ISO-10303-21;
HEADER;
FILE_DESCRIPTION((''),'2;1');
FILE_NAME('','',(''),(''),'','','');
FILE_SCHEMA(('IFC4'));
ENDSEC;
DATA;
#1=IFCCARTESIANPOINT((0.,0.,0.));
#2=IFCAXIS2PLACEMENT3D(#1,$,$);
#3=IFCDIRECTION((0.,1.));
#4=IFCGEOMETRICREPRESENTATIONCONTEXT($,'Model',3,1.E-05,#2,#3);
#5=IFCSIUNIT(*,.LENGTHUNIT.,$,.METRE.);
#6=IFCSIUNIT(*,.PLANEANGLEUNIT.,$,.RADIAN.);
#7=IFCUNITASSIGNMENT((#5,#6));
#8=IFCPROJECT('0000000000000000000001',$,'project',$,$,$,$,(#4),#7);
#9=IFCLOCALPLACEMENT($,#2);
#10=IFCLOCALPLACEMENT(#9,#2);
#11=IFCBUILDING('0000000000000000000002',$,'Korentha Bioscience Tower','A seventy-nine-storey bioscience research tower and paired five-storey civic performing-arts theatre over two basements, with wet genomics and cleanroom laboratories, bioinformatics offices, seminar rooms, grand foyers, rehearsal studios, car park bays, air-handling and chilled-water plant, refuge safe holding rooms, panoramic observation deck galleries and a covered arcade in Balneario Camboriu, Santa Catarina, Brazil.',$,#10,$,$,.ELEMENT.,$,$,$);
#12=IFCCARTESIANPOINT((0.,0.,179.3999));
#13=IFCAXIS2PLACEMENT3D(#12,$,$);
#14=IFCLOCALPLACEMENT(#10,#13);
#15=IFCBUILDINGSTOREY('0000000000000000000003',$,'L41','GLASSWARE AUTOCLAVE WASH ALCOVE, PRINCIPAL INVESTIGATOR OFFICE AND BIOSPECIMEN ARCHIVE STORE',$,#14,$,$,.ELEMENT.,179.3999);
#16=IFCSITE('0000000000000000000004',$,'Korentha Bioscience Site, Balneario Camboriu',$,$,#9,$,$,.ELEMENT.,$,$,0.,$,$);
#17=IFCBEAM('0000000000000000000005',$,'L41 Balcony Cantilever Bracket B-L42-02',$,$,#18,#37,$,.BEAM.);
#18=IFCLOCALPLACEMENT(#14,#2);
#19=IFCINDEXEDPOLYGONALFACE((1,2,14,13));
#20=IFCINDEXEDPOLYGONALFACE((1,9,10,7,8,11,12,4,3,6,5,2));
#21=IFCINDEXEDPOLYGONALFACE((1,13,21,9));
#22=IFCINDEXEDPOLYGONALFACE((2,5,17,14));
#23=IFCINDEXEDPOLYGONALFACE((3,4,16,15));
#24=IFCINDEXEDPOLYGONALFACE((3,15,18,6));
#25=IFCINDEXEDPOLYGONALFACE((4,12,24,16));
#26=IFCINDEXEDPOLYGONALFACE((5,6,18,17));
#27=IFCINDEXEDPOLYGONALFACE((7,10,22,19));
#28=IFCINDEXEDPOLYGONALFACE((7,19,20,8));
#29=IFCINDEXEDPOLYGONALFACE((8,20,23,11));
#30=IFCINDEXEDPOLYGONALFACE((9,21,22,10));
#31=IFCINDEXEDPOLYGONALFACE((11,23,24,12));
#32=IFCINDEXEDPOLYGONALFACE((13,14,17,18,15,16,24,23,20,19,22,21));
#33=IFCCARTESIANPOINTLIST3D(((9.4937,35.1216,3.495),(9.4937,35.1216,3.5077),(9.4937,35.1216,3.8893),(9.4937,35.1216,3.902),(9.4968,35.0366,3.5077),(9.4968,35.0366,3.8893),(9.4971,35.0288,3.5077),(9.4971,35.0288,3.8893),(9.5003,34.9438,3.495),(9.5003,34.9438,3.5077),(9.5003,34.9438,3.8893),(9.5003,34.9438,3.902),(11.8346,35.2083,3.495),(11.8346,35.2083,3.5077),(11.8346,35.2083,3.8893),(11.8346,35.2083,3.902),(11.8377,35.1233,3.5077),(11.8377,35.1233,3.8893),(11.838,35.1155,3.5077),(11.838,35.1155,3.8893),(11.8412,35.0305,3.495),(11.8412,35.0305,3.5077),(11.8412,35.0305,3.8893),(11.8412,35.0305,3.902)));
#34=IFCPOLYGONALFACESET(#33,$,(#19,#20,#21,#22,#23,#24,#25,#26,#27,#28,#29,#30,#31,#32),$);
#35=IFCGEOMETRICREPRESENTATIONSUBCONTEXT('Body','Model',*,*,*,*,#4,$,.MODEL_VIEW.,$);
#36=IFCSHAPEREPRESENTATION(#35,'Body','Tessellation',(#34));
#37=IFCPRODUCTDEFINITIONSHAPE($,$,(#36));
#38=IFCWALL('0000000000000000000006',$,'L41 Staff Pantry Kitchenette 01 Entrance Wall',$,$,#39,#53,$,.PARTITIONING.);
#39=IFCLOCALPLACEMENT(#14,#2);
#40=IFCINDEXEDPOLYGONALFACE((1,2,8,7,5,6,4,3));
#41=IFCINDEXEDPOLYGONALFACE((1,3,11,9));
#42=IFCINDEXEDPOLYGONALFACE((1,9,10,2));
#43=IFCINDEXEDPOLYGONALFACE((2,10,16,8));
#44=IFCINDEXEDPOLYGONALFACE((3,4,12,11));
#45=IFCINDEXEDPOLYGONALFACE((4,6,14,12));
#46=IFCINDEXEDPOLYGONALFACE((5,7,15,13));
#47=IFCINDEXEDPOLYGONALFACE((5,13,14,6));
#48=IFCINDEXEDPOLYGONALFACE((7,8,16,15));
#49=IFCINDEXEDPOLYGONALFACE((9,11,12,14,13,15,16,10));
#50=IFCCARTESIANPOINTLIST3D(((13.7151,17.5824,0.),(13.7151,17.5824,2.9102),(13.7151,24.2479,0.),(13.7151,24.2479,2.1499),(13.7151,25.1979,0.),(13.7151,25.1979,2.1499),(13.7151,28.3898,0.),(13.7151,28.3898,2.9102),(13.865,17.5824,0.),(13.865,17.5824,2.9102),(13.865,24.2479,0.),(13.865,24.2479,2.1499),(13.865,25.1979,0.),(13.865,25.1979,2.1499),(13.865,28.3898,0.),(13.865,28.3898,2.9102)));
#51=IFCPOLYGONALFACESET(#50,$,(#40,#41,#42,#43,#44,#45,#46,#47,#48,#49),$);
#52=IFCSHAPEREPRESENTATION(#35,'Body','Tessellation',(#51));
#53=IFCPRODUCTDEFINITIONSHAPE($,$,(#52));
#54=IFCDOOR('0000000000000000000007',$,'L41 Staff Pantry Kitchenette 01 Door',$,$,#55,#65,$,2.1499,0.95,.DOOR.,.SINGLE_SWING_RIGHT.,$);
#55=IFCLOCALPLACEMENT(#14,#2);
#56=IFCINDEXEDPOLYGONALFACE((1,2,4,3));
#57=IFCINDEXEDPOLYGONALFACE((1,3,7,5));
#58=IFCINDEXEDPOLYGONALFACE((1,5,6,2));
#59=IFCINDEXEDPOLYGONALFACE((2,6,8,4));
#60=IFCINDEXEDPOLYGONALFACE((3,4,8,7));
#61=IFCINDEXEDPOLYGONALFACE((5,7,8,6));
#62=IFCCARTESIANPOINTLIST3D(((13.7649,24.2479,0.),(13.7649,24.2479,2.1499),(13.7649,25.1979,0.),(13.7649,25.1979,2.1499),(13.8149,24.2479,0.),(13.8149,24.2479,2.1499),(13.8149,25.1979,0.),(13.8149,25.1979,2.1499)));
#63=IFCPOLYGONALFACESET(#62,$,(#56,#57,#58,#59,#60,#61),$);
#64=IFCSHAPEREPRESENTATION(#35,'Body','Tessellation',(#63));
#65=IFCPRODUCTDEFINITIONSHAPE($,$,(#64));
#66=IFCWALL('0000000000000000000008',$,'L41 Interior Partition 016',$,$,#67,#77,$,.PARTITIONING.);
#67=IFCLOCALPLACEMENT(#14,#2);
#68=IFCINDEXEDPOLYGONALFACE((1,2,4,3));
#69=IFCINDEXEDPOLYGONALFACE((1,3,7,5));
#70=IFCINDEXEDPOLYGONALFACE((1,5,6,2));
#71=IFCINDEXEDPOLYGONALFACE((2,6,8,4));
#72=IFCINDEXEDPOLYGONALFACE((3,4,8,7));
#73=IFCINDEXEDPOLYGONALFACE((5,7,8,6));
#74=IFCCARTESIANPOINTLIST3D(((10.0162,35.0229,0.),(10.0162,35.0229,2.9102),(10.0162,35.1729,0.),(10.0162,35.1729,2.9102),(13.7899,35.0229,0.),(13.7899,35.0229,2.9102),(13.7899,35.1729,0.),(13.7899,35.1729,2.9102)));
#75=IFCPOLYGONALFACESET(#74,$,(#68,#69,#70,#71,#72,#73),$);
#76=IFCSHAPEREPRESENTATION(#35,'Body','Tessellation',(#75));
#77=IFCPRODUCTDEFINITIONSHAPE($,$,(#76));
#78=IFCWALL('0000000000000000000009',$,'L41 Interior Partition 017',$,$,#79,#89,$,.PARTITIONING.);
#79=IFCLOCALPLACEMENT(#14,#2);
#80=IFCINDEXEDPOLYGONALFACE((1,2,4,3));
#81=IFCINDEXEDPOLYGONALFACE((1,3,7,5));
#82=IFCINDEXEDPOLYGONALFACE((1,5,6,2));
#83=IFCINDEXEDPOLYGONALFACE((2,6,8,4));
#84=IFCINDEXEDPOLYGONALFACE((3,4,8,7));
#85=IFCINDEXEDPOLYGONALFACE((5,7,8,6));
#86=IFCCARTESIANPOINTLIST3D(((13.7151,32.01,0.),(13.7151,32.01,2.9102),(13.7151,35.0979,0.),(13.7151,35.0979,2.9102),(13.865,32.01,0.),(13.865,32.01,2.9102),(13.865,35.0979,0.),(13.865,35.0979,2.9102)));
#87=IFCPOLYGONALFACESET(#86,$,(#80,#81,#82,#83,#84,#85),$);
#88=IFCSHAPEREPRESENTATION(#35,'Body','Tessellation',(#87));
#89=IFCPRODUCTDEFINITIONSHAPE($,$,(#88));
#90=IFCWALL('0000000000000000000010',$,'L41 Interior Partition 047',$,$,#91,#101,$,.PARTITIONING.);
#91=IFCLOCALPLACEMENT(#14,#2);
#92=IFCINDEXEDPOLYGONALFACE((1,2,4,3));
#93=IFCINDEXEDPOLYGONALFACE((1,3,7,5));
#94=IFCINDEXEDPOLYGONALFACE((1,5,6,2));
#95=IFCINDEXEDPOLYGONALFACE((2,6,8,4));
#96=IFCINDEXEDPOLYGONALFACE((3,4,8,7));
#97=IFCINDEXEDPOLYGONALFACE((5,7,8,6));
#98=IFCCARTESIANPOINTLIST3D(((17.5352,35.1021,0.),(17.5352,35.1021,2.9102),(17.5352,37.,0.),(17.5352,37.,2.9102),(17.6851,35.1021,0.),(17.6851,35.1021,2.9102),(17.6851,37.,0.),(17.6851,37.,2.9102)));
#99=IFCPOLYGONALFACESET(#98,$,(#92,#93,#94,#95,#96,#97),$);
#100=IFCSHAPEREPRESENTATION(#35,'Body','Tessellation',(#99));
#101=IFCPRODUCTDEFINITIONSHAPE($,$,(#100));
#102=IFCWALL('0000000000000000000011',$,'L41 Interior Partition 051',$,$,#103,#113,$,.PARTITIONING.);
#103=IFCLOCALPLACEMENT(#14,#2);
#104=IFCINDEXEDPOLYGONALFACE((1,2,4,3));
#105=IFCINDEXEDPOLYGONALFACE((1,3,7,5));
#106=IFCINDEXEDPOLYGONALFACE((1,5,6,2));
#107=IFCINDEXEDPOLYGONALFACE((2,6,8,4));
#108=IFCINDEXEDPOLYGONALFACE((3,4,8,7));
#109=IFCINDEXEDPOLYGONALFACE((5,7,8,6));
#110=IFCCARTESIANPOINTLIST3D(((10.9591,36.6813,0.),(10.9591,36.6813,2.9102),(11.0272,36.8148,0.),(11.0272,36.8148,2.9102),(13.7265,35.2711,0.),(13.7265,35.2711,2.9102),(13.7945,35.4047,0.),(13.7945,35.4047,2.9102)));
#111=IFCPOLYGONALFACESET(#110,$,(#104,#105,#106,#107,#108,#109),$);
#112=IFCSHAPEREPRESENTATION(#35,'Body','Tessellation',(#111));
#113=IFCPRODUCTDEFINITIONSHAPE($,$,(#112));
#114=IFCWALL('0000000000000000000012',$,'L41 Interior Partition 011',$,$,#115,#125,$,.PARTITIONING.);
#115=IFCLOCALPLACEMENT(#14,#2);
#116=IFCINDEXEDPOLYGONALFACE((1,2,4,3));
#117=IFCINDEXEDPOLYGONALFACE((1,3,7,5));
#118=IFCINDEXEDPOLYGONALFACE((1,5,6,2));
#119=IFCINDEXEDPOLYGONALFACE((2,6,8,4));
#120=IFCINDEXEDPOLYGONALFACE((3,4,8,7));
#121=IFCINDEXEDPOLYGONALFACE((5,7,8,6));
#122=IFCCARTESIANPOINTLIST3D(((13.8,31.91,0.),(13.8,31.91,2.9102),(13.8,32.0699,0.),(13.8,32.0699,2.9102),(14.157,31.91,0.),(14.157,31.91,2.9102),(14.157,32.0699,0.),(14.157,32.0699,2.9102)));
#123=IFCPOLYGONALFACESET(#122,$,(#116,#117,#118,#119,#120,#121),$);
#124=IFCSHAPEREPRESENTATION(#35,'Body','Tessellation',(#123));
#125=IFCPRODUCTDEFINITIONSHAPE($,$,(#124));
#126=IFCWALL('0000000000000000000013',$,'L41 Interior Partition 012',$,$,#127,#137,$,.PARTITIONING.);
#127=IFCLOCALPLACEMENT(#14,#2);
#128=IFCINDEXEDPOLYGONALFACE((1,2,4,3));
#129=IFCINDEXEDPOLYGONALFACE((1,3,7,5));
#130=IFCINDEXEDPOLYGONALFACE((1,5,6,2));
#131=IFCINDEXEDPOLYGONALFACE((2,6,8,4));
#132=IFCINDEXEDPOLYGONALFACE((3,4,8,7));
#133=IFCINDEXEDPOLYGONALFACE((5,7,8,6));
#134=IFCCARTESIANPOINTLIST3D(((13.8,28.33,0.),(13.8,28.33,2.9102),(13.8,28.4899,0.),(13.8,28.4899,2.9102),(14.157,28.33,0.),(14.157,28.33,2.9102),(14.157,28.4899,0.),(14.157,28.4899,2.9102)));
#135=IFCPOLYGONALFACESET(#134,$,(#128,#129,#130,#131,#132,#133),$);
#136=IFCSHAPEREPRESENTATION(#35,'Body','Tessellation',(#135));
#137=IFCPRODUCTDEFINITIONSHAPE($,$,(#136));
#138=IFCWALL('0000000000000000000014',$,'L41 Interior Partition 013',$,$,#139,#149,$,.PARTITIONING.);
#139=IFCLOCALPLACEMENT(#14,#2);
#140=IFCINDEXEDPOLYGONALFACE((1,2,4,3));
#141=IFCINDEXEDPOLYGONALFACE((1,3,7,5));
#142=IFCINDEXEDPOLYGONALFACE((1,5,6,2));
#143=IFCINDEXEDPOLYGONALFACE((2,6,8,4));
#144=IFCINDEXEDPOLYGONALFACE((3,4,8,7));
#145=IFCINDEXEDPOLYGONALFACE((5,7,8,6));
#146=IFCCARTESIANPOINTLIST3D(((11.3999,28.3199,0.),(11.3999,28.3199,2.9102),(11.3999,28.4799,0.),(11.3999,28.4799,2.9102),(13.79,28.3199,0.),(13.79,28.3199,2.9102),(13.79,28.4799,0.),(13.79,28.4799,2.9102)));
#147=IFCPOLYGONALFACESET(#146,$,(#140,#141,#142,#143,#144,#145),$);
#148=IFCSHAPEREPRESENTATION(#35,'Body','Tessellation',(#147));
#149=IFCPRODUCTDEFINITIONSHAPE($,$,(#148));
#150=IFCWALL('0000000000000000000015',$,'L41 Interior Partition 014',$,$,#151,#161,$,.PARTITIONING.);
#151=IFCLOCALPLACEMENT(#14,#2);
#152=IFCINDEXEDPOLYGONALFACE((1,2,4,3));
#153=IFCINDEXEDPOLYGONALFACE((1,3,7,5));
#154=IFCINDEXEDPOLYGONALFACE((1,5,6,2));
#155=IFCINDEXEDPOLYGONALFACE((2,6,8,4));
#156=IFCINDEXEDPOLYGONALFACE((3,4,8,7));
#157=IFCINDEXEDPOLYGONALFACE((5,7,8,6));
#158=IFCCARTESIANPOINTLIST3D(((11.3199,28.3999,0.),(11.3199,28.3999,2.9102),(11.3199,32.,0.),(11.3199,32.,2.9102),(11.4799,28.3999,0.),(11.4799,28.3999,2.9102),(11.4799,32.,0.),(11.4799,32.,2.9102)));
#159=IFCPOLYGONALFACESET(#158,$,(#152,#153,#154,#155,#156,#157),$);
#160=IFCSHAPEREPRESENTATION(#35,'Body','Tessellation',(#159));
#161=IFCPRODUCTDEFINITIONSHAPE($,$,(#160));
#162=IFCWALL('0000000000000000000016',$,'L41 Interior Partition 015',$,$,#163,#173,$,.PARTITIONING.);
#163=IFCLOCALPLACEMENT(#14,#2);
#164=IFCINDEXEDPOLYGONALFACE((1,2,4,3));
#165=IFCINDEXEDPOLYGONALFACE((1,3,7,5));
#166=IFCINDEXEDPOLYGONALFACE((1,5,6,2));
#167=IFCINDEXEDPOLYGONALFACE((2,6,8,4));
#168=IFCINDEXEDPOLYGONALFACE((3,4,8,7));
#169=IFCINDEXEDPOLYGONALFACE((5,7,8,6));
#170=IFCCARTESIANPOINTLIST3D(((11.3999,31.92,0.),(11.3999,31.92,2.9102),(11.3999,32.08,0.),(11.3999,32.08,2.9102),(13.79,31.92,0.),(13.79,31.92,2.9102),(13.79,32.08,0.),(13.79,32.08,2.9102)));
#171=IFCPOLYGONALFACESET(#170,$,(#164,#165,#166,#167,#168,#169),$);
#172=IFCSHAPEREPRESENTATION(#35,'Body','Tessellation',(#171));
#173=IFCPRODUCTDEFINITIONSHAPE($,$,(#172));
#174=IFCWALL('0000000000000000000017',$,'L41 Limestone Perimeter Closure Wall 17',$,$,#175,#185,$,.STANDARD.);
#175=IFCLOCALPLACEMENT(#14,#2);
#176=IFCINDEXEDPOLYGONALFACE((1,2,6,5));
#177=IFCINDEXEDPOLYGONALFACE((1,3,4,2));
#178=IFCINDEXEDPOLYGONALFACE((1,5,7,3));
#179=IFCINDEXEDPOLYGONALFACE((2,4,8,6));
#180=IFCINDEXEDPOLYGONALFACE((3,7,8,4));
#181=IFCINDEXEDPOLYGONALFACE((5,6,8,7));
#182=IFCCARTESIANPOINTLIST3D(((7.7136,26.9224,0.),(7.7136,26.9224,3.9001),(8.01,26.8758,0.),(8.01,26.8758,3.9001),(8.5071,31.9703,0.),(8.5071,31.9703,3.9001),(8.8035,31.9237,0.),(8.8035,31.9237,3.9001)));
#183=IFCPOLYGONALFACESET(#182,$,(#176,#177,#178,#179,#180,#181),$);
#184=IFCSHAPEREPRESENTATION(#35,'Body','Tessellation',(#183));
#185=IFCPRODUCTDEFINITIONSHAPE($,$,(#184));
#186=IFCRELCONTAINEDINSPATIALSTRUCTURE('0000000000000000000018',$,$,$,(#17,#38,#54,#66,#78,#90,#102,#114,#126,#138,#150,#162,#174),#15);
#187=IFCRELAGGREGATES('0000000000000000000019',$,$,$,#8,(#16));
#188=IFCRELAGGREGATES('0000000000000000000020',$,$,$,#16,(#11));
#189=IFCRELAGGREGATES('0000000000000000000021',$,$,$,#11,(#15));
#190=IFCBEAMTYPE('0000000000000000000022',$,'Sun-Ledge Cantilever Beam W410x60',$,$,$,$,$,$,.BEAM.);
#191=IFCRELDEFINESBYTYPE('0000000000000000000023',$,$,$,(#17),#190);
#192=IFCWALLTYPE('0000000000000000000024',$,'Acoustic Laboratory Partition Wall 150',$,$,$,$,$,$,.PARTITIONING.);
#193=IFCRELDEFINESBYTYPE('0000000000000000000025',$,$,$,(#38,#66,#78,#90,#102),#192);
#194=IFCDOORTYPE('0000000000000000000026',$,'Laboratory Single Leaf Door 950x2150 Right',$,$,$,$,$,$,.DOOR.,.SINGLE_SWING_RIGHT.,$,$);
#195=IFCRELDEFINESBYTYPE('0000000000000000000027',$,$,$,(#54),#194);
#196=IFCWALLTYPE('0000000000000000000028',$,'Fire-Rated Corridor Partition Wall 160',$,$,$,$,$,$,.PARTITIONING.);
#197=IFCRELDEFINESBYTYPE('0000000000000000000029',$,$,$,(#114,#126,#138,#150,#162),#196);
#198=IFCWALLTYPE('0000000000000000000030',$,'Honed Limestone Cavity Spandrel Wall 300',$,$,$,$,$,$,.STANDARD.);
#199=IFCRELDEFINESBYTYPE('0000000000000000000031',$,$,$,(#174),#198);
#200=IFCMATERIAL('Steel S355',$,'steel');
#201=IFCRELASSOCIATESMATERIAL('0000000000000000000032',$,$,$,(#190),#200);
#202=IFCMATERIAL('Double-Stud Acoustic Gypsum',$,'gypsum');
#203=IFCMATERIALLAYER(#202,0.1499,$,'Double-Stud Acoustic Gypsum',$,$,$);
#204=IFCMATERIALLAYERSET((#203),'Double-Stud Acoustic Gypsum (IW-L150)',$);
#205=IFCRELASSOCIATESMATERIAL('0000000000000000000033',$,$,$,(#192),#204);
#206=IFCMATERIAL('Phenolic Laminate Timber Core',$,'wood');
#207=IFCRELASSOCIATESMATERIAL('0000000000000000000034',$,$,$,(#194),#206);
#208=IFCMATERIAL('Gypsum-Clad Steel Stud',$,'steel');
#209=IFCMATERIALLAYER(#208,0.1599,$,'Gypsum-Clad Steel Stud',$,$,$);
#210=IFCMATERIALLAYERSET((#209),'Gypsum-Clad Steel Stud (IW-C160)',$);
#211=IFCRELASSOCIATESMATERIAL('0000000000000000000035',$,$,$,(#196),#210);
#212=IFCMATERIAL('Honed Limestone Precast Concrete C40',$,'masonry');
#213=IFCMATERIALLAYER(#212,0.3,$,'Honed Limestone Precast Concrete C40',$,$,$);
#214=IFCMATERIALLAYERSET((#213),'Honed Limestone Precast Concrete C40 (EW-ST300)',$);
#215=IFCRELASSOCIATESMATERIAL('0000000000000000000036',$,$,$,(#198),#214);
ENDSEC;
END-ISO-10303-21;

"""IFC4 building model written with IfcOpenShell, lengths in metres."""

from ifc_helpers import new_model, si_unit, direction, frame, frame_2d, origin, origin_2d, place, context, subcontext, project, spatial, rectangle, i_section, extrude, material, layer, layer_set, material_profile, profile_set, type_object, element, fill, save


model = new_model("IFC4")

# Units and contexts
model_context = context("Model", 3, precision=1e-05, world=origin(), true_north=direction((0.0, 1.0)))
body_context = subcontext(model_context, "Body", "Model", "MODEL_VIEW")
ifc_project = project(units=[si_unit("LENGTHUNIT", "METRE"), si_unit("PLANEANGLEUNIT", "RADIAN")], contexts=[model_context])

# Site, building, storey
site_placement = place(None, origin())
site = spatial("IfcSite", under=ifc_project, at=site_placement, Name="Korentha Bioscience Site, Balneario Camboriu", CompositionType="ELEMENT", RefElevation=0.0)
building_placement = place(site_placement, origin())
building = spatial("IfcBuilding", under=site, at=building_placement, Name="Korentha Bioscience Tower", Description="A seventy-nine-storey bioscience research tower and paired five-storey civic performing-arts theatre over two basements, with wet genomics and cleanroom laboratories, bioinformatics offices, seminar rooms, grand foyers, rehearsal studios, car park bays, air-handling and chilled-water plant, refuge safe holding rooms, panoramic observation deck galleries and a covered arcade in Balneario Camboriu, Santa Catarina, Brazil.", CompositionType="ELEMENT")
storey_placement = place(building_placement, frame((0.0, 0.0, 179.3999)))
storey = spatial("IfcBuildingStorey", under=building, at=storey_placement, Name="L41", Description="GLASSWARE AUTOCLAVE WASH ALCOVE, PRINCIPAL INVESTIGATOR OFFICE AND BIOSPECIMEN ARCHIVE STORE", CompositionType="ELEMENT", Elevation=179.3999)

# Beam
ifc_material_1 = material(Name="Steel S355", Category="steel")
ifc_material_profile_1 = material_profile(ifc_material_1, i_section(OverallWidth=0.178, OverallDepth=0.407, WebThickness=0.0078, FlangeThickness=0.0127, at=origin_2d()), Name="Steel S355")
ifc_profile_set_1 = profile_set([ifc_material_profile_1], Name="Steel S355 (CB-410)")
beam_type_1 = type_object("IfcBeamType", Name="Sun-Ledge Cantilever Beam W410x60", PredefinedType="BEAM", material=ifc_profile_set_1)
beam_1_placement = place(storey_placement, frame((11.8379, 35.1194, 3.6985), z_axis=(-0.999315, -0.037, 0.0), x_axis=(0.037, -0.999315, 0.0)))
element("IfcBeam", 1, at=beam_1_placement, inside=storey, type_object=beam_type_1, Name="L41 Balcony Cantilever Bracket B-L42-02", PredefinedType="BEAM", context=body_context, shape_type="SweptSolid", body=[
    extrude(i_section(OverallWidth=0.178, OverallDepth=0.407, WebThickness=0.0078, FlangeThickness=0.0127, at=origin_2d()), origin(), (0.0, 0.0, 1.0), 2.3425),
])

# Wall, opening, door
ifc_material_2 = material(Name="Double-Stud Acoustic Gypsum", Category="gypsum")
ifc_layer_1 = layer(ifc_material_2, 0.1499, Name="Double-Stud Acoustic Gypsum")
ifc_layer_set_1 = layer_set([ifc_layer_1], Name="Double-Stud Acoustic Gypsum (IW-L150)")
wall_type_1 = type_object("IfcWallType", Name="Acoustic Laboratory Partition Wall 150", PredefinedType="PARTITIONING", material=ifc_layer_set_1)
wall_1_placement = place(storey_placement, frame((13.79, 28.3899, 0.0), z_axis=(0.0, 0.0, 1.0), x_axis=(0.0, -1.0, 0.0)))
wall_1 = element("IfcWall", 2, at=wall_1_placement, inside=storey, type_object=wall_type_1, Name="L41 Staff Pantry Kitchenette 01 Entrance Wall", PredefinedType="PARTITIONING", context=body_context, shape_type="SweptSolid", body=[
    extrude(rectangle(XDim=10.8074, YDim=0.1499, at=frame_2d((5.4038, 0.0))), origin(), (0.0, 0.0, 1.0), 2.9102),
])
opening_1_placement = place(wall_1_placement, frame((3.1919, 0.0, 0.0)))
opening_1 = element("IfcOpeningElement", 3, at=opening_1_placement, cuts=wall_1, PredefinedType="OPENING", context=body_context, shape_type="SweptSolid", body=[
    extrude(rectangle(XDim=0.95, YDim=2.1499, at=frame_2d((0.4751, 1.075))), frame((0.0, 0.0898, 0.0), z_axis=(0.0, -1.0, 0.0), x_axis=(1.0, 0.0, 0.0)), (0.0, 0.0, 1.0), 0.1797),
])
ifc_material_3 = material(Name="Phenolic Laminate Timber Core", Category="wood")
door_type_1 = type_object("IfcDoorType", Name="Laboratory Single Leaf Door 950x2150 Right", OperationType="SINGLE_SWING_RIGHT", PredefinedType="DOOR", material=ifc_material_3)
door_1_placement = place(opening_1_placement, origin())
door_1 = element("IfcDoor", 4, at=door_1_placement, inside=storey, type_object=door_type_1, Name="L41 Staff Pantry Kitchenette 01 Door", OperationType="SINGLE_SWING_RIGHT", OverallHeight=2.1499, OverallWidth=0.95, PredefinedType="DOOR", context=body_context, shape_type="SweptSolid", body=[
    extrude(rectangle(XDim=0.95, YDim=2.1499, at=frame_2d((0.4751, 1.075))), frame((0.0, 0.0249, 0.0), z_axis=(0.0, -1.0, 0.0), x_axis=(1.0, 0.0, 0.0)), (0.0, 0.0, 1.0), 0.05),
])
fill(opening_1, door_1)

# Walls
wall_2_placement = place(storey_placement, frame((10.0164, 35.0979, 0.0), z_axis=(0.0, 0.0, 1.0), x_axis=(1.0, 0.0, 0.0)))
element("IfcWall", 5, at=wall_2_placement, inside=storey, type_object=wall_type_1, Name="L41 Interior Partition 016", PredefinedType="PARTITIONING", context=body_context, shape_type="SweptSolid", body=[
    extrude(rectangle(XDim=3.7737, YDim=0.1499, at=frame_2d((1.8867, 0.0))), origin(), (0.0, 0.0, 1.0), 2.9102),
])
wall_3_placement = place(storey_placement, frame((13.79, 35.0979, 0.0), z_axis=(0.0, 0.0, 1.0), x_axis=(0.0, -1.0, 0.0)))
element("IfcWall", 6, at=wall_3_placement, inside=storey, type_object=wall_type_1, Name="L41 Interior Partition 017", PredefinedType="PARTITIONING", context=body_context, shape_type="SweptSolid", body=[
    extrude(rectangle(XDim=3.0879, YDim=0.1499, at=frame_2d((1.5439, 0.0))), origin(), (0.0, 0.0, 1.0), 2.9102),
])
wall_4_placement = place(storey_placement, frame((17.6101, 35.1021, 0.0), z_axis=(0.0, 0.0, 1.0), x_axis=(0.0, 1.0, 0.0)))
element("IfcWall", 7, at=wall_4_placement, inside=storey, type_object=wall_type_1, Name="L41 Interior Partition 047", PredefinedType="PARTITIONING", context=body_context, shape_type="SweptSolid", body=[
    extrude(rectangle(XDim=1.8979, YDim=0.1499, at=frame_2d((0.949, 0.0))), origin(), (0.0, 0.0, 1.0), 2.9102),
])
wall_5_placement = place(storey_placement, frame((13.7605, 35.3379, 0.0), z_axis=(0.0, 0.0, 1.0), x_axis=(-0.89099, 0.454024, 0.0)))
element("IfcWall", 8, at=wall_5_placement, inside=storey, type_object=wall_type_1, Name="L41 Interior Partition 051", PredefinedType="PARTITIONING", context=body_context, shape_type="SweptSolid", body=[
    extrude(rectangle(XDim=3.106, YDim=0.1499, at=frame_2d((1.553, 0.0))), origin(), (0.0, 0.0, 1.0), 2.9102),
])

# Shared definitions
ifc_material_4 = material(Name="Gypsum-Clad Steel Stud", Category="steel")
ifc_layer_2 = layer(ifc_material_4, 0.1599, Name="Gypsum-Clad Steel Stud")
ifc_layer_set_2 = layer_set([ifc_layer_2], Name="Gypsum-Clad Steel Stud (IW-C160)")
wall_type_2 = type_object("IfcWallType", Name="Fire-Rated Corridor Partition Wall 160", PredefinedType="PARTITIONING", material=ifc_layer_set_2)

# Walls
for number, where, z_axis, x_axis, name in (
    (9, (13.8, 31.99, 0.0), (0.0, 0.0, 1.0), (1.0, 0.0, 0.0), "L41 Interior Partition 011"),
    (10, (14.157, 28.4099, 0.0), (0.0, 0.0, 1.0), (-1.0, 0.0, 0.0), "L41 Interior Partition 012"),
):
    element("IfcWall", number, at=place(storey_placement, frame(where, z_axis=z_axis, x_axis=x_axis)), inside=storey, type_object=wall_type_2, Name=name, PredefinedType="PARTITIONING", context=body_context, shape_type="SweptSolid", body=[
        extrude(rectangle(XDim=0.3569, YDim=0.1599, at=frame_2d((0.1785, 0.0))), origin(), (0.0, 0.0, 1.0), 2.9102),
    ])
wall_6_placement = place(storey_placement, frame((13.79, 28.3999, 0.0), z_axis=(0.0, 0.0, 1.0), x_axis=(-1.0, 0.0, 0.0)))
element("IfcWall", 11, at=wall_6_placement, inside=storey, type_object=wall_type_2, Name="L41 Interior Partition 013", PredefinedType="PARTITIONING", context=body_context, shape_type="SweptSolid", body=[
    extrude(rectangle(XDim=2.3901, YDim=0.1599, at=frame_2d((1.1951, 0.0))), origin(), (0.0, 0.0, 1.0), 2.9102),
])
wall_7_placement = place(storey_placement, frame((11.3999, 28.3999, 0.0), z_axis=(0.0, 0.0, 1.0), x_axis=(0.0, 1.0, 0.0)))
element("IfcWall", 12, at=wall_7_placement, inside=storey, type_object=wall_type_2, Name="L41 Interior Partition 014", PredefinedType="PARTITIONING", context=body_context, shape_type="SweptSolid", body=[
    extrude(rectangle(XDim=3.6001, YDim=0.1599, at=frame_2d((1.8, 0.0))), origin(), (0.0, 0.0, 1.0), 2.9102),
])
wall_8_placement = place(storey_placement, frame((11.3999, 32.0, 0.0), z_axis=(0.0, 0.0, 1.0), x_axis=(1.0, 0.0, 0.0)))
element("IfcWall", 13, at=wall_8_placement, inside=storey, type_object=wall_type_2, Name="L41 Interior Partition 015", PredefinedType="PARTITIONING", context=body_context, shape_type="SweptSolid", body=[
    extrude(rectangle(XDim=2.3901, YDim=0.1599, at=frame_2d((1.1951, 0.0))), origin(), (0.0, 0.0, 1.0), 2.9102),
])

# Shared definitions
ifc_material_5 = material(Name="Honed Limestone Precast Concrete C40", Category="masonry")
ifc_layer_3 = layer(ifc_material_5, 0.3, Name="Honed Limestone Precast Concrete C40")
ifc_layer_set_3 = layer_set([ifc_layer_3], Name="Honed Limestone Precast Concrete C40 (EW-ST300)")
wall_type_3 = type_object("IfcWallType", Name="Honed Limestone Cavity Spandrel Wall 300", PredefinedType="STANDARD", material=ifc_layer_set_3)

# Wall
wall_9_placement = place(storey_placement, frame((8.6553, 31.947, 0.0), z_axis=(0.0, 0.0, 1.0), x_axis=(-0.15528, -0.98787, 0.0)))
element("IfcWall", 14, at=wall_9_placement, inside=storey, type_object=wall_type_3, Name="L41 Limestone Perimeter Closure Wall 17", PredefinedType="STANDARD", context=body_context, shape_type="SweptSolid", body=[
    extrude(rectangle(XDim=5.1099, YDim=0.3, at=frame_2d((2.5549, 0.0))), origin(), (0.0, 0.0, 1.0), 3.9001),
])

save(model, "model.ifc")
